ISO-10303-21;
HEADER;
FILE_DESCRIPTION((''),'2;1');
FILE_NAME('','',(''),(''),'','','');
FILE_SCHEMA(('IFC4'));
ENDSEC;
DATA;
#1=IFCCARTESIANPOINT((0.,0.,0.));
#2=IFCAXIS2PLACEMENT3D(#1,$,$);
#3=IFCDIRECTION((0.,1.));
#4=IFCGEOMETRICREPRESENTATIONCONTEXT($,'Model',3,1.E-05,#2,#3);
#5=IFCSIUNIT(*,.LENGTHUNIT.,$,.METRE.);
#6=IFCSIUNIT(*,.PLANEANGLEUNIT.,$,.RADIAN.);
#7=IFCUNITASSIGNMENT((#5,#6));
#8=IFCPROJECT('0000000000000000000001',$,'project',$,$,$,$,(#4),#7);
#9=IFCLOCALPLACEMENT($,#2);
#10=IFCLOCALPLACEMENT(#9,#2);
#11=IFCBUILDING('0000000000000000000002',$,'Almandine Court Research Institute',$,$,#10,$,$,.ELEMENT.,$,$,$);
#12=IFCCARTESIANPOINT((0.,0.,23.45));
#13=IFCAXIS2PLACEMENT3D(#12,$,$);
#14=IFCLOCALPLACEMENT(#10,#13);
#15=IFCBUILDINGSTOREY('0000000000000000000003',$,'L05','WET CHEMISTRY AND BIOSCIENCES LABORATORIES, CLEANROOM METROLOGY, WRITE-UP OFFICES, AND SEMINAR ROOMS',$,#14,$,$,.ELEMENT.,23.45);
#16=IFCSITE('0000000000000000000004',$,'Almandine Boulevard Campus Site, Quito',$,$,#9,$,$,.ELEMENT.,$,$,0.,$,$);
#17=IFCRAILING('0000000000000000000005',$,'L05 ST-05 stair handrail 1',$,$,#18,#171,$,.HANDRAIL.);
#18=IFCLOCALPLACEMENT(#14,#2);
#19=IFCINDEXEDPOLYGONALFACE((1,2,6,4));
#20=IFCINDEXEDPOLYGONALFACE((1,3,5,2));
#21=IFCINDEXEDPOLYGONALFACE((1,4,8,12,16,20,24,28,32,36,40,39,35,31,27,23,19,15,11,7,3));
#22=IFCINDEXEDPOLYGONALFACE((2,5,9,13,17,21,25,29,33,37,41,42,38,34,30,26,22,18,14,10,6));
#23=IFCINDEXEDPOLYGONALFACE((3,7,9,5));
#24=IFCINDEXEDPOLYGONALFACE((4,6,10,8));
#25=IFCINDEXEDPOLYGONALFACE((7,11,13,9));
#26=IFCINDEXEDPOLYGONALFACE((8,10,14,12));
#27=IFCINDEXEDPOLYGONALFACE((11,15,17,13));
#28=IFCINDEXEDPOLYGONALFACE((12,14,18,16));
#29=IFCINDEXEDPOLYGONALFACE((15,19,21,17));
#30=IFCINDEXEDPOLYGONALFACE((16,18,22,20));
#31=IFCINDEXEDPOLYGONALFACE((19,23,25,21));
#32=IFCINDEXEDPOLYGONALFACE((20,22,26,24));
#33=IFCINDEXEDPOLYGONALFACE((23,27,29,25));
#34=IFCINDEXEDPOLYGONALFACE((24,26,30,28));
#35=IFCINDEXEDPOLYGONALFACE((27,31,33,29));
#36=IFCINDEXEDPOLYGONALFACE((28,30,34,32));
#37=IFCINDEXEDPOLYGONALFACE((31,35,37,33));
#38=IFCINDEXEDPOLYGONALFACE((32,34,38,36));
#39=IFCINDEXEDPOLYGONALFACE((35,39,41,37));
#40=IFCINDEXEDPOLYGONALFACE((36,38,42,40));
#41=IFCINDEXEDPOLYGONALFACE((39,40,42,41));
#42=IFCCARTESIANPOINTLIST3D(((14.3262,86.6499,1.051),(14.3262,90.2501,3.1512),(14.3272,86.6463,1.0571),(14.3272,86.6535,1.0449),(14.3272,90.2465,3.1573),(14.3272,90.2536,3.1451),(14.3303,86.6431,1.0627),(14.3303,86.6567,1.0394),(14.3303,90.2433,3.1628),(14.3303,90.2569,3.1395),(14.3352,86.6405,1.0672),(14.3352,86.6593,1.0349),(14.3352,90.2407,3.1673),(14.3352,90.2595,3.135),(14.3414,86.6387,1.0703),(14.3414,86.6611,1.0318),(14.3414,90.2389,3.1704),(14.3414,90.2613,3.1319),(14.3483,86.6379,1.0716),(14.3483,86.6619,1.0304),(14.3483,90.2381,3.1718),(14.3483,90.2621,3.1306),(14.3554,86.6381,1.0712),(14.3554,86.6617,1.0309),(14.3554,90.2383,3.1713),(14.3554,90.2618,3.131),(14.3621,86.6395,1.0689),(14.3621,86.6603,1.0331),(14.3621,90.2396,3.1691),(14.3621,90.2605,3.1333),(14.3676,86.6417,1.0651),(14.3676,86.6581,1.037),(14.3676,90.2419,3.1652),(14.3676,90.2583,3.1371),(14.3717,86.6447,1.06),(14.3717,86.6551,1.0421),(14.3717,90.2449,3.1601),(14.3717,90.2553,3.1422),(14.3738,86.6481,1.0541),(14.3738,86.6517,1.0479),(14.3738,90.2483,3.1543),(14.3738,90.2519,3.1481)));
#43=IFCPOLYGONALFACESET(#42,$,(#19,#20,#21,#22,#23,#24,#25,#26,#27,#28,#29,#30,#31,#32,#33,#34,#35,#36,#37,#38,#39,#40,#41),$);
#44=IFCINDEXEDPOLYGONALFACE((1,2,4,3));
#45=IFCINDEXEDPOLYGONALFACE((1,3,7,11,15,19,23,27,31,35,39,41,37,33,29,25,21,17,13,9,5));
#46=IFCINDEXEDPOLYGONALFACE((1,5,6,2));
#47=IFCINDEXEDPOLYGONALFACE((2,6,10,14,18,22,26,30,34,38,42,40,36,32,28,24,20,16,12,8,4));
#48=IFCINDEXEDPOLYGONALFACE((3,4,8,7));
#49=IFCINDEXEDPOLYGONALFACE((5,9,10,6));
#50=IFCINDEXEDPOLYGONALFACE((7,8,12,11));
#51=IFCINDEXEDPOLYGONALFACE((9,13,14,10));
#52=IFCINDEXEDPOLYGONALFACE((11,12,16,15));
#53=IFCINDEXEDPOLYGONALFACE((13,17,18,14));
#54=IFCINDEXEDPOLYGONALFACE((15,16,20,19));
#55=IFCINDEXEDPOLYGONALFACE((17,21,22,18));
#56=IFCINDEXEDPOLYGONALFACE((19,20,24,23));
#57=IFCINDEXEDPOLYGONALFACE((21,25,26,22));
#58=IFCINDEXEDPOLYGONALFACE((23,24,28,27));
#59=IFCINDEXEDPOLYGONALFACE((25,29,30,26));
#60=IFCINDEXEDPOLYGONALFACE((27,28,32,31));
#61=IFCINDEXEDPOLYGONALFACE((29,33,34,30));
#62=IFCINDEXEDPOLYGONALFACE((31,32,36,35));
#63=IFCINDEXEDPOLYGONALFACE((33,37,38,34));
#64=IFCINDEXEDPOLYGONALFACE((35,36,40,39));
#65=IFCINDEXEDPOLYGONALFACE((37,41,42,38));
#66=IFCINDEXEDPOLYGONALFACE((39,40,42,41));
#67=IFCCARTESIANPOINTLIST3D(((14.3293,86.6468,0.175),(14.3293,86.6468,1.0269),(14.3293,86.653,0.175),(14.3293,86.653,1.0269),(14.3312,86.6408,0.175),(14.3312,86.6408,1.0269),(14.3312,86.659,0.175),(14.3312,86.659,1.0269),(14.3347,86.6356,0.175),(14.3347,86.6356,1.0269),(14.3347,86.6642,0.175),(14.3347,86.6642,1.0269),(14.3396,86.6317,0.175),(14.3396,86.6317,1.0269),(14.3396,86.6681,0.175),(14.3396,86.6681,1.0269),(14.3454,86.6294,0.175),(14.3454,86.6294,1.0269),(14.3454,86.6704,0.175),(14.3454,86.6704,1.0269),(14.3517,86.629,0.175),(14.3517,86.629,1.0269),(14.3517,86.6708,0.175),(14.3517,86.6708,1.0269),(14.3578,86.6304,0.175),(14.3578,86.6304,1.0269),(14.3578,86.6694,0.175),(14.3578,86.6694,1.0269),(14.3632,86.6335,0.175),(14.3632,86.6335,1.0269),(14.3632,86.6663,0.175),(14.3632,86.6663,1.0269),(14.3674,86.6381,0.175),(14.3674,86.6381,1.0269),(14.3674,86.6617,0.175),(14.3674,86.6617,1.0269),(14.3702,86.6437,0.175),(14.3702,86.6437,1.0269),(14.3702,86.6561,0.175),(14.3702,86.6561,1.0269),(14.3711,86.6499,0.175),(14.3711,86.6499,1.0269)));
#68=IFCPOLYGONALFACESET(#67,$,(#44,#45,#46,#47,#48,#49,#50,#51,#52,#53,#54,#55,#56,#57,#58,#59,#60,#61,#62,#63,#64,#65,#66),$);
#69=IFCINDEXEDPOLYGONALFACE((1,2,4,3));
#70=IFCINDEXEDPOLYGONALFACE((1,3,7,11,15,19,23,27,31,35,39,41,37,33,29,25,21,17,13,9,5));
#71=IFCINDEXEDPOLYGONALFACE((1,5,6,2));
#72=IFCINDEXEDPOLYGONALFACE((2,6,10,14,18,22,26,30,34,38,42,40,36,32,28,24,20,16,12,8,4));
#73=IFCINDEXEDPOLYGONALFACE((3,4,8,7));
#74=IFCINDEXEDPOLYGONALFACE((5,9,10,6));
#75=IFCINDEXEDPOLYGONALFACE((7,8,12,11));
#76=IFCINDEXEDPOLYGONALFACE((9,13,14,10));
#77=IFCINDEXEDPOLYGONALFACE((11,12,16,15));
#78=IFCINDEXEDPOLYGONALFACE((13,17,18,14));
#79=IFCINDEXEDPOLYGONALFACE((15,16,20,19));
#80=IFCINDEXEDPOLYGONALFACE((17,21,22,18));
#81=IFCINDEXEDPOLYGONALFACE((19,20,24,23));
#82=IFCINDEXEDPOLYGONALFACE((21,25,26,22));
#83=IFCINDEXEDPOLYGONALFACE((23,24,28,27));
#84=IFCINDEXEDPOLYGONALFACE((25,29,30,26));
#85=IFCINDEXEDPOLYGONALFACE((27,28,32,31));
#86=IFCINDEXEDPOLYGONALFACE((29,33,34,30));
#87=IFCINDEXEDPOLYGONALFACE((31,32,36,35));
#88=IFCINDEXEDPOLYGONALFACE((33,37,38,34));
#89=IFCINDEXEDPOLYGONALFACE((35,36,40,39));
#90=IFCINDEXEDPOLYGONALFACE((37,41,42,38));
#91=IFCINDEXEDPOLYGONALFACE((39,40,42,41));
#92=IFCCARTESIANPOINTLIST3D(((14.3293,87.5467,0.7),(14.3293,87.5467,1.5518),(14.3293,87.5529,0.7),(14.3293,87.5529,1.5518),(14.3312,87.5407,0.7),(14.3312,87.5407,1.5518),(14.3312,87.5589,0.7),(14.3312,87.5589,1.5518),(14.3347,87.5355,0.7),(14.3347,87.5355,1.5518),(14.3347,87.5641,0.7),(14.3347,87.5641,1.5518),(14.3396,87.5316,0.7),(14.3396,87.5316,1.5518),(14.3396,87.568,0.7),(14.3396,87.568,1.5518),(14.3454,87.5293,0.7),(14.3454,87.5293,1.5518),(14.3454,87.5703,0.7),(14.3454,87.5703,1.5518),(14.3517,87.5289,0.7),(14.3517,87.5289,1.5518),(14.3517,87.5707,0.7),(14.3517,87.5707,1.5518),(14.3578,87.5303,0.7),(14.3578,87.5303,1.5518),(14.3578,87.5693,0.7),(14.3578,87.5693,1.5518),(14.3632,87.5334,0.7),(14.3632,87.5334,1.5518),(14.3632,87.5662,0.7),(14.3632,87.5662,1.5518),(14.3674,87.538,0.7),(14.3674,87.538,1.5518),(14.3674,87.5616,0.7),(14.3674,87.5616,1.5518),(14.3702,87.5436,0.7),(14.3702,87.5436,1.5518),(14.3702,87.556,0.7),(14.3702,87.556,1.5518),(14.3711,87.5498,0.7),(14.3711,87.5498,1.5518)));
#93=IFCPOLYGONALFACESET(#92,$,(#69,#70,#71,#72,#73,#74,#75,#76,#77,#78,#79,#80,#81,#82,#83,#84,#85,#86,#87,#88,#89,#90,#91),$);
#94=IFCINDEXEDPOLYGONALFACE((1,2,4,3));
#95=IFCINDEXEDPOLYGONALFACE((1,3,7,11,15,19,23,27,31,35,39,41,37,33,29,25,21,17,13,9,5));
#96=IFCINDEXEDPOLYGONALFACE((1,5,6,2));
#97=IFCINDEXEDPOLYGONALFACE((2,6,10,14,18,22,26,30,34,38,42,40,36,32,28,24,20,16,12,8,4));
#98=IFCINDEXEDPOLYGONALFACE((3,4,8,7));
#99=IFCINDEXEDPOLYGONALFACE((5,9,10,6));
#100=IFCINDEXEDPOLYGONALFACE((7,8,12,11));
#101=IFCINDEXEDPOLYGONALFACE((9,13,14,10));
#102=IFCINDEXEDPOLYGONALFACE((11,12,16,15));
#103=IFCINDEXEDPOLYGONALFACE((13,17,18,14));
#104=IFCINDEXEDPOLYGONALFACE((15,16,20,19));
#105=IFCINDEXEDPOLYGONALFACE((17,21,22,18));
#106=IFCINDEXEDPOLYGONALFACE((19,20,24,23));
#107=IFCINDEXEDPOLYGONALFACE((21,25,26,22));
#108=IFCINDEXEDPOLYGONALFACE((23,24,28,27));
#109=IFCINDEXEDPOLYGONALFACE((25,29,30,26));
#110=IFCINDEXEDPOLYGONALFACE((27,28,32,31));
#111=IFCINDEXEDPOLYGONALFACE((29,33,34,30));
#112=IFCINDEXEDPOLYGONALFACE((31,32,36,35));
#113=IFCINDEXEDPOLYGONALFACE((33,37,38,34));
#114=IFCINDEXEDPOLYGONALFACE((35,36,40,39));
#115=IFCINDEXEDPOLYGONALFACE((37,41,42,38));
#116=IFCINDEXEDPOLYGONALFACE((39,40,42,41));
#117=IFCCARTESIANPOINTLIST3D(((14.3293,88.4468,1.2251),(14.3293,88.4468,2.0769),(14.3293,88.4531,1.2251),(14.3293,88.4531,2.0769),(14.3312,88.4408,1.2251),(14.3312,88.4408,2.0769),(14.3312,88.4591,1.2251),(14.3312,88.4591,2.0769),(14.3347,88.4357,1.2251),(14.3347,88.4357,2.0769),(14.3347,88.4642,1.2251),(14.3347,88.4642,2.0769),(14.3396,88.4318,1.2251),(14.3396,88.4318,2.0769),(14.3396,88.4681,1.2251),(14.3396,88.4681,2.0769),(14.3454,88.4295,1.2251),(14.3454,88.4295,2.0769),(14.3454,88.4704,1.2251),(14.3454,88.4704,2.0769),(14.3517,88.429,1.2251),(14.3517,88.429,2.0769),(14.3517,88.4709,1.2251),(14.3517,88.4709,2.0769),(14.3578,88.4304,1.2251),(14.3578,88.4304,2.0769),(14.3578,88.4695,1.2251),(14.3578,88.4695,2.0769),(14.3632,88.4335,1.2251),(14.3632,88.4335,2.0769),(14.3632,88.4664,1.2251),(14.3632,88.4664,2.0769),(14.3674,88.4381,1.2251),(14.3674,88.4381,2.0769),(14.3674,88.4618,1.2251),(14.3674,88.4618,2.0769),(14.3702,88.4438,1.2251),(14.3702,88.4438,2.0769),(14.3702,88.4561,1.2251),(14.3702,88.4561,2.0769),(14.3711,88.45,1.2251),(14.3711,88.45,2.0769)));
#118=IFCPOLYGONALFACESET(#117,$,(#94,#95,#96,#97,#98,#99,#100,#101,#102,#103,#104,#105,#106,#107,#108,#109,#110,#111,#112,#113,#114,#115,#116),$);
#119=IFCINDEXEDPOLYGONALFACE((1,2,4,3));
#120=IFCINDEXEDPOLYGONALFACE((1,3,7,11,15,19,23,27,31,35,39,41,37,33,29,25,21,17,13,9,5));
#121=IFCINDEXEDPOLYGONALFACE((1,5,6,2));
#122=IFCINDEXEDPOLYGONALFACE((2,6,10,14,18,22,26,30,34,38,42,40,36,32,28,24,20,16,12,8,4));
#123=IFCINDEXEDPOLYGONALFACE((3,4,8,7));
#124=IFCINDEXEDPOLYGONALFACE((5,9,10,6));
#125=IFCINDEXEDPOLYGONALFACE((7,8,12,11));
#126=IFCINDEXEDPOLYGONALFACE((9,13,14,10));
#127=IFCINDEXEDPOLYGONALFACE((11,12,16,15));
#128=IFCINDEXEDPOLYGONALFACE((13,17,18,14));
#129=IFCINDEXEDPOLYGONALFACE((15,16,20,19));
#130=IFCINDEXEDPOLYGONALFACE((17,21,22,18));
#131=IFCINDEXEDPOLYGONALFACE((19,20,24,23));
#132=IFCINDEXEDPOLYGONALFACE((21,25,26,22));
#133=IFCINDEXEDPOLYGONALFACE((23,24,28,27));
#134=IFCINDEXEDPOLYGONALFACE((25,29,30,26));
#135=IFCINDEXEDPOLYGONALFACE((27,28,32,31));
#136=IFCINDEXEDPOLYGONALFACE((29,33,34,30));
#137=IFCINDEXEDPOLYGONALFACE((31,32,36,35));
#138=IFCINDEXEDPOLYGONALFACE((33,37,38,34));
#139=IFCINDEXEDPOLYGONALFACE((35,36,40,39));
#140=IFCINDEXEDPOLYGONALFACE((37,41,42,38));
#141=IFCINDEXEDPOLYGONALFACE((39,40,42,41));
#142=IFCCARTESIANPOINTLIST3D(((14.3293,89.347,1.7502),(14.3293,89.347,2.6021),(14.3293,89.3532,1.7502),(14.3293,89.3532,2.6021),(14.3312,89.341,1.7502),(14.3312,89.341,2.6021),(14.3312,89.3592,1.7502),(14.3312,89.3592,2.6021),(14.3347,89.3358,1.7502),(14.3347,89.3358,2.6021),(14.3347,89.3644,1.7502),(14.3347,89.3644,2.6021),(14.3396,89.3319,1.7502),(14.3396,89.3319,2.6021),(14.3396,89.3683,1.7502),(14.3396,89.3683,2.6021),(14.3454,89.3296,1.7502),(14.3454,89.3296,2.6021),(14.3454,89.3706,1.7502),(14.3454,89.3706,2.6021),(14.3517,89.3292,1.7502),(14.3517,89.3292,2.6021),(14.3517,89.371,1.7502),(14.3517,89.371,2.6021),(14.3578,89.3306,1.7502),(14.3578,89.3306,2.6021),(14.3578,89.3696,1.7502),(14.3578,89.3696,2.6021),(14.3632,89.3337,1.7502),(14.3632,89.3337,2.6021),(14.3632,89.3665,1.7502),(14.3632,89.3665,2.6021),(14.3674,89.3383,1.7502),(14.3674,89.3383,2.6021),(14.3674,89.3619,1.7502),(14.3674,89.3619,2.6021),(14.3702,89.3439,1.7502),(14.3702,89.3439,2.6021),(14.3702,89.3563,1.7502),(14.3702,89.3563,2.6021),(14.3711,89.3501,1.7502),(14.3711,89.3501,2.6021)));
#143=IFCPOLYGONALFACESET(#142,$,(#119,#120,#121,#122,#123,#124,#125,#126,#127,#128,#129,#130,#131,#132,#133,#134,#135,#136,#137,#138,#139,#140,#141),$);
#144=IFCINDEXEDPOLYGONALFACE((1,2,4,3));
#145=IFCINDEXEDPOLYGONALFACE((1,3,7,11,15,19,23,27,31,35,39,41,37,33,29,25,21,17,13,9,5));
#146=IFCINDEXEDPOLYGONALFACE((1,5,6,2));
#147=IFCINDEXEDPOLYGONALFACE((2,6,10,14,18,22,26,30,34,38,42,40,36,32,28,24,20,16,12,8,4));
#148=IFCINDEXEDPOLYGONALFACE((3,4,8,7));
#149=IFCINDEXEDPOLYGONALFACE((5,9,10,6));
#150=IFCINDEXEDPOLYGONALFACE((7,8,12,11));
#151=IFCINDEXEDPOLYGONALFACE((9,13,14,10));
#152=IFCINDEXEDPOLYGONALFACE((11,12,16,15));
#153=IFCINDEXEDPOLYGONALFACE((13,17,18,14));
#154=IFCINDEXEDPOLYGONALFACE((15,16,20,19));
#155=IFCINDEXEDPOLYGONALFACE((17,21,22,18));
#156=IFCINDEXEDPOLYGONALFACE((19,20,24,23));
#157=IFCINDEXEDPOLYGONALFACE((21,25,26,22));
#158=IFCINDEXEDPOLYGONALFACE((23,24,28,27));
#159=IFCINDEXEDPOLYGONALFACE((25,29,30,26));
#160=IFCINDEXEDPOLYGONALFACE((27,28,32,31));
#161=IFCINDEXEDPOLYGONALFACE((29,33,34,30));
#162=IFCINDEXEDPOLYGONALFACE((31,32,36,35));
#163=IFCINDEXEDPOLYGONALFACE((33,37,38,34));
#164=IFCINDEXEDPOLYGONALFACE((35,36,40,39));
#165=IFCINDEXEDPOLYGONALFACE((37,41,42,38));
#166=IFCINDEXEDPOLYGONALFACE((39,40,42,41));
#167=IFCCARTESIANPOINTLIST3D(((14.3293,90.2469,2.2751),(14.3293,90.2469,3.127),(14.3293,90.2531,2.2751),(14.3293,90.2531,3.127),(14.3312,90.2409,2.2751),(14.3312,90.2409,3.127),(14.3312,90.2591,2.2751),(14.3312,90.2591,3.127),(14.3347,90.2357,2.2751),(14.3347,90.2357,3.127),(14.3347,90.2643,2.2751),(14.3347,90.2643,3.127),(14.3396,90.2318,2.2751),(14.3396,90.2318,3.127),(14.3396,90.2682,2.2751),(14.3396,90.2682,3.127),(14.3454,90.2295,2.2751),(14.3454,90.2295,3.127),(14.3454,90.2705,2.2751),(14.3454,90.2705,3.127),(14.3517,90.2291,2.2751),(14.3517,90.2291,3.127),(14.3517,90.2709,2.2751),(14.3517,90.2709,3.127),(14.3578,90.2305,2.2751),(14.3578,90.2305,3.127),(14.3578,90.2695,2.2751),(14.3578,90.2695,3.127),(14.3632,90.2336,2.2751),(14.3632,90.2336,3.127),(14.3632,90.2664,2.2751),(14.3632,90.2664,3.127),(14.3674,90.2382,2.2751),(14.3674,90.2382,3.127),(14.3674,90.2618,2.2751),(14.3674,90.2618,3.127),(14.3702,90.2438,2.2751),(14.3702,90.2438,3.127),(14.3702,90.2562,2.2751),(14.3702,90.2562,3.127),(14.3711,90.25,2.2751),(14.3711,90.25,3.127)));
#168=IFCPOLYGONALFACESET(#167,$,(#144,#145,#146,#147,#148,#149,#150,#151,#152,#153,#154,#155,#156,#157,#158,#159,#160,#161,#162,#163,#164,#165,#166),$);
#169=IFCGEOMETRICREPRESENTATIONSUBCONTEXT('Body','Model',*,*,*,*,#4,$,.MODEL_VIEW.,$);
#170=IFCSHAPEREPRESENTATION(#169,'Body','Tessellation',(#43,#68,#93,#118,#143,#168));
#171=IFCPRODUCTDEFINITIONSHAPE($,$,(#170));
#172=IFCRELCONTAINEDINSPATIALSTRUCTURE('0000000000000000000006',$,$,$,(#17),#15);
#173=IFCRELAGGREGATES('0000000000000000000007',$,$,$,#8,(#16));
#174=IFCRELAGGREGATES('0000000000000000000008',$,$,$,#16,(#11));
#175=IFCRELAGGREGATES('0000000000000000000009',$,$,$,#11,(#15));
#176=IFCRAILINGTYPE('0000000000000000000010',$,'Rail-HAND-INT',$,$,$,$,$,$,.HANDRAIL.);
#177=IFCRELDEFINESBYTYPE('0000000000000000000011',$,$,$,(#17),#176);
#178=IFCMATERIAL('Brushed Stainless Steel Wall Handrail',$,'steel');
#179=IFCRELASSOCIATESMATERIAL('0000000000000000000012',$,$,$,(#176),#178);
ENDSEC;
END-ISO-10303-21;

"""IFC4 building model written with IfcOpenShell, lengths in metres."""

from ifc_helpers import new_model, si_unit, direction, frame, origin, origin_2d, place, context, subcontext, project, spatial, circle, extrude, material, type_object, element, save


model = new_model("IFC4")

# Units and contexts
model_context = context("Model", 3, precision=1e-05, world=origin(), true_north=direction((0.0, 1.0)))
body_context = subcontext(model_context, "Body", "Model", "MODEL_VIEW")
ifc_project = project(units=[si_unit("LENGTHUNIT", "METRE"), si_unit("PLANEANGLEUNIT", "RADIAN")], contexts=[model_context])

# Site, building, storey
site_placement = place(None, origin())
site = spatial("IfcSite", under=ifc_project, at=site_placement, Name="Almandine Boulevard Campus Site, Quito", CompositionType="ELEMENT", RefElevation=0.0)
building_placement = place(site_placement, origin())
building = spatial("IfcBuilding", under=site, at=building_placement, Name="Almandine Court Research Institute", CompositionType="ELEMENT")
storey_placement = place(building_placement, frame((0.0, 0.0, 23.45)))
storey = spatial("IfcBuildingStorey", under=building, at=storey_placement, Name="L05", Description="WET CHEMISTRY AND BIOSCIENCES LABORATORIES, CLEANROOM METROLOGY, WRITE-UP OFFICES, AND SEMINAR ROOMS", CompositionType="ELEMENT", Elevation=23.45)

# Railing
ifc_material_1 = material(Name="Brushed Stainless Steel Wall Handrail", Category="steel")
railing_type_1 = type_object("IfcRailingType", Name="Rail-HAND-INT", PredefinedType="HANDRAIL", material=ifc_material_1)
railing_1_placement = place(storey_placement, frame((14.3501, 86.6499, 0.175)))
element("IfcRailing", 1, at=railing_1_placement, inside=storey, type_object=railing_type_1, Name="L05 ST-05 stair handrail 1", PredefinedType="HANDRAIL", context=body_context, shape_type="SweptSolid", body=[
    extrude(circle(Radius=0.0239, at=origin_2d()), frame((0.0, 0.0, 0.876), z_axis=(0.0, 0.863775, 0.503878), x_axis=(-1.0, 0.0, 0.0)), (0.0, 0.0, 1.0), 4.168),
    extrude(circle(Radius=0.021, at=origin_2d()), origin(), (0.0, 0.0, 1.0), 0.8518),
    extrude(circle(Radius=0.021, at=origin_2d()), frame((0.0, 0.8999, 0.5249)), (0.0, 0.0, 1.0), 0.8518),
    extrude(circle(Radius=0.021, at=origin_2d()), frame((0.0, 1.8, 1.05)), (0.0, 0.0, 1.0), 0.8518),
    extrude(circle(Radius=0.021, at=origin_2d()), frame((0.0, 2.7002, 1.5752)), (0.0, 0.0, 1.0), 0.8518),
    extrude(circle(Radius=0.021, at=origin_2d()), frame((0.0, 3.6001, 2.1001)), (0.0, 0.0, 1.0), 0.8518),
])

save(model, "model.ifc")
